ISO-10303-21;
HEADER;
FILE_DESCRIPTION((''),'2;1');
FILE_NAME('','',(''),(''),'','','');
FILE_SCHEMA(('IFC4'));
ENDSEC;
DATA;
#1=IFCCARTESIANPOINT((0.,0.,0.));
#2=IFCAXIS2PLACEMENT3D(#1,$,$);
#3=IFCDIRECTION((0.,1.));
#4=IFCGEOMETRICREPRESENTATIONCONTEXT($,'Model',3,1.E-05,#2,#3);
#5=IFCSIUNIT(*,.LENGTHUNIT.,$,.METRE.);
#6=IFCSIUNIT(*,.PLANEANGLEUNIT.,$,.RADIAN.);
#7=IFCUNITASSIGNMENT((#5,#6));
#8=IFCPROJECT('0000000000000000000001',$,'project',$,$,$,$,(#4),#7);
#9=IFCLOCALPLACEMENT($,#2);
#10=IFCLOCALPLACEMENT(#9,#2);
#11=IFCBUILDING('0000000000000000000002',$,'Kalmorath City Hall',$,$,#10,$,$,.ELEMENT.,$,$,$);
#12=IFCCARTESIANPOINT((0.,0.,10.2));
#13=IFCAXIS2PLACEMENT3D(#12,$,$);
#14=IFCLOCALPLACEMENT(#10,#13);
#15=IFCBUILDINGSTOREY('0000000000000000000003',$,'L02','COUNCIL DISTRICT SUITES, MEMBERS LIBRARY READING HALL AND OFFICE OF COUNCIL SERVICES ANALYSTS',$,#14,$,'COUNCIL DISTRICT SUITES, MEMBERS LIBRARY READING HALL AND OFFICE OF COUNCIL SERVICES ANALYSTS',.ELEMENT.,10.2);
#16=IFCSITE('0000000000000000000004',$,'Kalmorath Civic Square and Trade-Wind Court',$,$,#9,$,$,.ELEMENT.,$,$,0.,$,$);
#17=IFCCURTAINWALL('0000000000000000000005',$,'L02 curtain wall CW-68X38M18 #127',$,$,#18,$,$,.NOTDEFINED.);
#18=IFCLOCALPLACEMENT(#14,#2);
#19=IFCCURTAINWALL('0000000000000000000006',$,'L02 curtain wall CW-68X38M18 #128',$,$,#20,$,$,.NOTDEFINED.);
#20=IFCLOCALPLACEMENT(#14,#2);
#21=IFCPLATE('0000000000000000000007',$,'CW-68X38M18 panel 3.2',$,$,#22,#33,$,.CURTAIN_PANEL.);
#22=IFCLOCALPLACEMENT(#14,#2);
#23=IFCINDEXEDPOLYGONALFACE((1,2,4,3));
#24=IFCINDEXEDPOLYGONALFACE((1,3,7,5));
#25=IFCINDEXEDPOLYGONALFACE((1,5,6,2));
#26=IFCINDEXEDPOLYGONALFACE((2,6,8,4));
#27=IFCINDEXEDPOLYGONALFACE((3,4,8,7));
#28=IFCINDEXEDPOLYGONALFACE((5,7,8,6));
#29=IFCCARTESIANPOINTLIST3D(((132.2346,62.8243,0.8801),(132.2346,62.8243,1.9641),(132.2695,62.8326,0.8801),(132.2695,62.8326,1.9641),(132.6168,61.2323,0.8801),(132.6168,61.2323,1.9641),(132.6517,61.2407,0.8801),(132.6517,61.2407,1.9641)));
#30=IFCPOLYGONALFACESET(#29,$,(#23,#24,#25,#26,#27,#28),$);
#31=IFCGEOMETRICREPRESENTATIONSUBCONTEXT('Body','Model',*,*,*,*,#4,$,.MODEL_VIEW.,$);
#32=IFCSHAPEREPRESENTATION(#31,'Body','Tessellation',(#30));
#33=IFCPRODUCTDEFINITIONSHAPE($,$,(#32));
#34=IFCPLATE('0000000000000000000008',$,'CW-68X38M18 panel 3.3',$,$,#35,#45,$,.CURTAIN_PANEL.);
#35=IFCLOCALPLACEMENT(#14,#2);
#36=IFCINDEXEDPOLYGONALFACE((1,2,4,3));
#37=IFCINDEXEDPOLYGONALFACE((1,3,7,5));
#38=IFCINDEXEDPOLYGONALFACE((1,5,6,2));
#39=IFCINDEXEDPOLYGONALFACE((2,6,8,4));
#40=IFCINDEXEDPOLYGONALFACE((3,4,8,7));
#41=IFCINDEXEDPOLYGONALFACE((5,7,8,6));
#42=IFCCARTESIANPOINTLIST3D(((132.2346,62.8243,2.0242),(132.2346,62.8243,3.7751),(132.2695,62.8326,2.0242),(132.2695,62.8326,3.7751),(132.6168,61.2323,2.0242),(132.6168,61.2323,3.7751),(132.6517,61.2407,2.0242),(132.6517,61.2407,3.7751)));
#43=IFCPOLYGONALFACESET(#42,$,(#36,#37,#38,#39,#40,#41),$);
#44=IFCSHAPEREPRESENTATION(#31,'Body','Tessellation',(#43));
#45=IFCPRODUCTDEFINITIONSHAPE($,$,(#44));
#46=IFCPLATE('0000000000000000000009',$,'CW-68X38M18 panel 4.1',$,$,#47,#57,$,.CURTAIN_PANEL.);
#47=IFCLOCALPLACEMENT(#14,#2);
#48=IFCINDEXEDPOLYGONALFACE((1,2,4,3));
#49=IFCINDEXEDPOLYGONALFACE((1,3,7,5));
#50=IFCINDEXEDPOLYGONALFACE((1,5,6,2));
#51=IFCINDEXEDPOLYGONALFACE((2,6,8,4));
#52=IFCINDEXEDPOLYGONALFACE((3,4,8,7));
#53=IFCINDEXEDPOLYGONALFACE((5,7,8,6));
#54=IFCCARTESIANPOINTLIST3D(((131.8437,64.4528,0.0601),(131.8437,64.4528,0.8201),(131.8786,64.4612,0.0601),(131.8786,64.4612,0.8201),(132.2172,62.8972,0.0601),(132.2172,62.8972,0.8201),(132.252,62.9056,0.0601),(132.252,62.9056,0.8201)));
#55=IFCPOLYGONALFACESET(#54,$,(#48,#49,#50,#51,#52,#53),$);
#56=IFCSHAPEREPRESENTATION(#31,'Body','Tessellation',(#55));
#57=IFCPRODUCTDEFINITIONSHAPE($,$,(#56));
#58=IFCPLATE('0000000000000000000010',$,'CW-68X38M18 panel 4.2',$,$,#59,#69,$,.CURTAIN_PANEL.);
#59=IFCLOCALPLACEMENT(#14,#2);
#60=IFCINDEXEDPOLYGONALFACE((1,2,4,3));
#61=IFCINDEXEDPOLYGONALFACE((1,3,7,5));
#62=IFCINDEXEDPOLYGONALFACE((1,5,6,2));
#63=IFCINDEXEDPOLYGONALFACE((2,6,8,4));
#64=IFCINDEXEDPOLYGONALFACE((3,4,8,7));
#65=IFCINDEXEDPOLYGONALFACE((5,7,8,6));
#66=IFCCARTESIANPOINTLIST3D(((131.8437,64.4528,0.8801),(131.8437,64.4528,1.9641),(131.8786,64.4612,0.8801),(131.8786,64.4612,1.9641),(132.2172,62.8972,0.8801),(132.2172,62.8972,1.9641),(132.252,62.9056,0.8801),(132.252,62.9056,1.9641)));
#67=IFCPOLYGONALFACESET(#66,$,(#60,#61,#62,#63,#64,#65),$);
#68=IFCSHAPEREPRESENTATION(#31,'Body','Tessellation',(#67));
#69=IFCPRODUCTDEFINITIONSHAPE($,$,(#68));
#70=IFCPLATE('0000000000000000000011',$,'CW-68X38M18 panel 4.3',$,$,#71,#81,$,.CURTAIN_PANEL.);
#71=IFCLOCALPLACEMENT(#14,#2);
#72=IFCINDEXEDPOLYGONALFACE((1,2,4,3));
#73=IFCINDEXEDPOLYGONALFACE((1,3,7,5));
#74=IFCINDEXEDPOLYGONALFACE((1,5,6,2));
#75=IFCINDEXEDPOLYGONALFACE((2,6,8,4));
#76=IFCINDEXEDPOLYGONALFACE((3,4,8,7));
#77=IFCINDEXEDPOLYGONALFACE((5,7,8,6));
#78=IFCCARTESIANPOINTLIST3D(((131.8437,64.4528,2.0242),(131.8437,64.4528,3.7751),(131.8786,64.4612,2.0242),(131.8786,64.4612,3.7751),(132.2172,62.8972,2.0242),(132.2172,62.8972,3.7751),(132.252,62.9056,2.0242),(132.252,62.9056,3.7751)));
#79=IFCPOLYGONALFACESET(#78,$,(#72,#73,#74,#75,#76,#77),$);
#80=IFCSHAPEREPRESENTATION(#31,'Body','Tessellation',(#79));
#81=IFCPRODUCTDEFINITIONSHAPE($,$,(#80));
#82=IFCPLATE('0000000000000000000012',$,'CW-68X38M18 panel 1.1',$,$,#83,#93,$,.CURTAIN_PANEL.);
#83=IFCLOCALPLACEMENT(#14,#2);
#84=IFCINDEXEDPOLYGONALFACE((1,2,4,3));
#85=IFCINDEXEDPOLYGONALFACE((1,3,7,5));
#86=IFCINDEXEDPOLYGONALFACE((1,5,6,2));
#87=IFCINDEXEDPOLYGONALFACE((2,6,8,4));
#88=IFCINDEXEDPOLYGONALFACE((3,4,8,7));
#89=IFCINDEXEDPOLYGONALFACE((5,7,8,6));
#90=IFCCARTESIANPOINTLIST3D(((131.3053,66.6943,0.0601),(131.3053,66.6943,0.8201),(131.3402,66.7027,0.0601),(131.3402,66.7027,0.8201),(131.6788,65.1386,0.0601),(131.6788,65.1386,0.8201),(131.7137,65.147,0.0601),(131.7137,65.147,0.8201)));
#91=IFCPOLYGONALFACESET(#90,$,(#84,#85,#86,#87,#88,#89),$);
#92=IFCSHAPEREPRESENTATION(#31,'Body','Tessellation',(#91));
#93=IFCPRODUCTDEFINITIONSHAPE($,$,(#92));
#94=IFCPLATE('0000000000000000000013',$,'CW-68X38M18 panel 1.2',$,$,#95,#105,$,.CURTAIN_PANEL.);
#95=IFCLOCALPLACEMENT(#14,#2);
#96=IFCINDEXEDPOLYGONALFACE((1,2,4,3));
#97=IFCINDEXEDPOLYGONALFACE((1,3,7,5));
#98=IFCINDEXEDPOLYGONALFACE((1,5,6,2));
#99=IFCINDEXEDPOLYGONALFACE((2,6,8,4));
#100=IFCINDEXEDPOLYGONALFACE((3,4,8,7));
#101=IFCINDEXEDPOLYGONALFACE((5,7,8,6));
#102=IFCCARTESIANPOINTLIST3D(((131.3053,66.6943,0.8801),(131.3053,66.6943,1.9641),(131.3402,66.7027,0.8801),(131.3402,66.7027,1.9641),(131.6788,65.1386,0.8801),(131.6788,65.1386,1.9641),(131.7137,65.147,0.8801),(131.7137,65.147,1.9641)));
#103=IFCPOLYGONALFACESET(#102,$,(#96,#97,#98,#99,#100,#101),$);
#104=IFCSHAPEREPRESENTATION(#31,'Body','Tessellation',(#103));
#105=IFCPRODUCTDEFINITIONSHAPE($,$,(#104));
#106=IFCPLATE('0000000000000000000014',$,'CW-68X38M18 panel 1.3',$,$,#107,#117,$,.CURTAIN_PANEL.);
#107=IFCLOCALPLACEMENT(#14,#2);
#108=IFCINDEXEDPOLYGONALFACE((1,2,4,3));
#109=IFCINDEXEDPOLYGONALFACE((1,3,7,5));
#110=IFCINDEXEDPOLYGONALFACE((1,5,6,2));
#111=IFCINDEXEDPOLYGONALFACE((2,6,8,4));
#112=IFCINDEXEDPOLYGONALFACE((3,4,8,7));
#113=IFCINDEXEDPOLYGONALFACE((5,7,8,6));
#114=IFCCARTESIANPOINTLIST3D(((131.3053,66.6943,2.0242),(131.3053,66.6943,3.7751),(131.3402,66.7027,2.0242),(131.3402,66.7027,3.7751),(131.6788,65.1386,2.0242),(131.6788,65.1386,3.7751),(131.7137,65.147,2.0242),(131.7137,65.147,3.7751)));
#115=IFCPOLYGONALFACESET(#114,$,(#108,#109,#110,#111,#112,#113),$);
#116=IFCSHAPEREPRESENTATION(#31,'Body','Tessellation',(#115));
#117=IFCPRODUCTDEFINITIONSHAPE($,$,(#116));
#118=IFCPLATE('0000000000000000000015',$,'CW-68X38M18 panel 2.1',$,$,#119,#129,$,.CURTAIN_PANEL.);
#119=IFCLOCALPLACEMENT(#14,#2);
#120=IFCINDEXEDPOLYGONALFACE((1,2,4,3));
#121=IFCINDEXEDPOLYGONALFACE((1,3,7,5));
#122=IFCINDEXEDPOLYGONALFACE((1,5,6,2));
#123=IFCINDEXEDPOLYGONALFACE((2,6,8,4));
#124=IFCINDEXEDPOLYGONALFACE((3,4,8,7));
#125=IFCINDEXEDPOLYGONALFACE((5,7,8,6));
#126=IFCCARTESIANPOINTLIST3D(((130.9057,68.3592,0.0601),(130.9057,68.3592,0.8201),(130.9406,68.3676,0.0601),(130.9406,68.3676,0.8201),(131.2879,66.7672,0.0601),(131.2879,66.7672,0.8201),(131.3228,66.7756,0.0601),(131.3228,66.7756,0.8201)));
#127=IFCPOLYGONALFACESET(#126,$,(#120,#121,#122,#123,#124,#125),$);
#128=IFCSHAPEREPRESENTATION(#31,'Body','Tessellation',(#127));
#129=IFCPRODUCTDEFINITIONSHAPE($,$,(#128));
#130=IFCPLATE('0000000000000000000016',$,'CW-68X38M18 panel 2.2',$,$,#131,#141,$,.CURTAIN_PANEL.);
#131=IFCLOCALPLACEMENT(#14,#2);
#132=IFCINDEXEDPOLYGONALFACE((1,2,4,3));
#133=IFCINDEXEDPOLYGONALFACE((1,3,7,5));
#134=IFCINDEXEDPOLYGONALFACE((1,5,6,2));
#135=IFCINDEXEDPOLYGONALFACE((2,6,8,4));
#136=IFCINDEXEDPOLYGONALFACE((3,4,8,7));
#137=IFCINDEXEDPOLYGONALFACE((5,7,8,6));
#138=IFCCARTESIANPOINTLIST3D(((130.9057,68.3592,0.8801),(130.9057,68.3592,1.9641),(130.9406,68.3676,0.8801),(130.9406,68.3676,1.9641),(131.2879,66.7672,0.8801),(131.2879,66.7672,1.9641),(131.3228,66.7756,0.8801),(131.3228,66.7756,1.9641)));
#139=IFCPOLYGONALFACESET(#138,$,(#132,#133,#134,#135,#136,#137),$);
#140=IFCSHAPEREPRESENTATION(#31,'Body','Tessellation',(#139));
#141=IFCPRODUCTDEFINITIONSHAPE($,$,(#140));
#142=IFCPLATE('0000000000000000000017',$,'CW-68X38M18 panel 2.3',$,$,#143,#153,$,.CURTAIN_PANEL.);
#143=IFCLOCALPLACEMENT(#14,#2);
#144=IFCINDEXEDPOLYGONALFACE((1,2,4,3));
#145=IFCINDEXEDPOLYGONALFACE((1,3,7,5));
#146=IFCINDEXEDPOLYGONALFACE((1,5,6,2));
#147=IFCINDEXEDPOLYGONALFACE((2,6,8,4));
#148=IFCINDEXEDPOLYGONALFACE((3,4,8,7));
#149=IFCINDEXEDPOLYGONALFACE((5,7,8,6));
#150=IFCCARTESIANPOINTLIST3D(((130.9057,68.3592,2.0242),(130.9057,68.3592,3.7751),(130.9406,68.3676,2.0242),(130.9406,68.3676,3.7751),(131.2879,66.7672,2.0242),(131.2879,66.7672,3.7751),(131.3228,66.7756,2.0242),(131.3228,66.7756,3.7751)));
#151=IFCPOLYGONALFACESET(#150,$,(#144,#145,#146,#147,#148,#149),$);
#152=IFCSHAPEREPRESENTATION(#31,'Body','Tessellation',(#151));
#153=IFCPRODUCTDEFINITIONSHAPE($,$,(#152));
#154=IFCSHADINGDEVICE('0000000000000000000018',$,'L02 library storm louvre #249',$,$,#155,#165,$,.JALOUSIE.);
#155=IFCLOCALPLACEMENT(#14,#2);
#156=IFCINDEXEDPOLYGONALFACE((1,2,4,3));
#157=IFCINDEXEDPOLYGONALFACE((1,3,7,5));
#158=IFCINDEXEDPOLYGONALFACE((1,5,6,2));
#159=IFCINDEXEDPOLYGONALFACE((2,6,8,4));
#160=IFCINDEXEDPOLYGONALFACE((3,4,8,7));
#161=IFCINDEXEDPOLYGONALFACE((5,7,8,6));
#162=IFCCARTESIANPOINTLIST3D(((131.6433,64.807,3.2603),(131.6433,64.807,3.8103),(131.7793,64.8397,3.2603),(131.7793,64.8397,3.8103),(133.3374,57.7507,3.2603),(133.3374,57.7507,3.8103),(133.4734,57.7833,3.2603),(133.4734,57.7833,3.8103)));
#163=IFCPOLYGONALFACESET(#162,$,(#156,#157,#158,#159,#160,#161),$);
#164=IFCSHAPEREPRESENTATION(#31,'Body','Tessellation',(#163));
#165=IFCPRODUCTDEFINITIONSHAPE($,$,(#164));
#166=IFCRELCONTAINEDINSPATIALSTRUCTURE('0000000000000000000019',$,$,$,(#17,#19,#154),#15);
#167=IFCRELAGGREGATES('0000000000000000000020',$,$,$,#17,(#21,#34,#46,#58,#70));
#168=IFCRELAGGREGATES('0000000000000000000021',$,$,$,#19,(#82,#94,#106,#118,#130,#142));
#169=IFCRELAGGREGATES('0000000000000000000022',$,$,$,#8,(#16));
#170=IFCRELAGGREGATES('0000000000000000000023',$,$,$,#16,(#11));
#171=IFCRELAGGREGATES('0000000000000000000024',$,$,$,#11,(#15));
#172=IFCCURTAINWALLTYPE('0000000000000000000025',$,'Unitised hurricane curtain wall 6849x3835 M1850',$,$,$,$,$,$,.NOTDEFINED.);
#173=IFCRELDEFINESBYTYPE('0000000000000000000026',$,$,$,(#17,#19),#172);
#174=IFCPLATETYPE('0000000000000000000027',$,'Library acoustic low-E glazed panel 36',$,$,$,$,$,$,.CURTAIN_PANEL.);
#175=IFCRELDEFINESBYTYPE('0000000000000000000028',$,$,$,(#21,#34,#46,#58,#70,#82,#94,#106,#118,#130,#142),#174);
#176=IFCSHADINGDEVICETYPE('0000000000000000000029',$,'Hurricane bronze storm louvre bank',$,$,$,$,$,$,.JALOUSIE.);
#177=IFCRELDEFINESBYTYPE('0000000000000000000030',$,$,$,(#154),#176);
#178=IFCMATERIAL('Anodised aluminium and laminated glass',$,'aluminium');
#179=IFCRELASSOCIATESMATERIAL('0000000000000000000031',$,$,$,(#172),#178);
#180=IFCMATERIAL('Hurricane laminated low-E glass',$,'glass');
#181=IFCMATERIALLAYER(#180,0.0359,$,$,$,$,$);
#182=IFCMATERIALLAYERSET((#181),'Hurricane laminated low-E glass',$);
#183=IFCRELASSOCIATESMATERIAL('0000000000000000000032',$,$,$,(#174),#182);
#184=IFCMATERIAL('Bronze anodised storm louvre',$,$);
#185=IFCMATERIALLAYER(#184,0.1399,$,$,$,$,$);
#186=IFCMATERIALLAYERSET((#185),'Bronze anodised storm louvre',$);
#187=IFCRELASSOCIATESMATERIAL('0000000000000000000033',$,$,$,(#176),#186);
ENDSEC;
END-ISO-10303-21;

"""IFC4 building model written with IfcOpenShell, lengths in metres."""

from ifc_helpers import new_model, si_unit, direction, frame, origin, origin_2d, place, context, subcontext, project, spatial, rectangle, extrude, material, layer, layer_set, type_object, element, aggregate, save


model = new_model("IFC4")

# Units and contexts
model_context = context("Model", 3, precision=1e-05, world=origin(), true_north=direction((0.0, 1.0)))
body_context = subcontext(model_context, "Body", "Model", "MODEL_VIEW")
ifc_project = project(units=[si_unit("LENGTHUNIT", "METRE"), si_unit("PLANEANGLEUNIT", "RADIAN")], contexts=[model_context])

# Site, building, storey
site_placement = place(None, origin())
site = spatial("IfcSite", under=ifc_project, at=site_placement, Name="Kalmorath Civic Square and Trade-Wind Court", CompositionType="ELEMENT", RefElevation=0.0)
building_placement = place(site_placement, origin())
building = spatial("IfcBuilding", under=site, at=building_placement, Name="Kalmorath City Hall", CompositionType="ELEMENT")
storey_placement = place(building_placement, frame((0.0, 0.0, 10.2)))
storey = spatial("IfcBuildingStorey", under=building, at=storey_placement, Name="L02", Description="COUNCIL DISTRICT SUITES, MEMBERS LIBRARY READING HALL AND OFFICE OF COUNCIL SERVICES ANALYSTS", LongName="COUNCIL DISTRICT SUITES, MEMBERS LIBRARY READING HALL AND OFFICE OF COUNCIL SERVICES ANALYSTS", CompositionType="ELEMENT", Elevation=10.2)

# Curtain walls
ifc_material_1 = material(Name="Anodised aluminium and laminated glass", Category="aluminium")
curtain_wall_type = type_object("IfcCurtainWallType", Name="Unitised hurricane curtain wall 6849x3835 M1850", PredefinedType="NOTDEFINED", material=ifc_material_1)
curtain_wall_1_placement = place(storey_placement, origin())
curtain_wall_1 = element("IfcCurtainWall", 1, at=curtain_wall_1_placement, inside=storey, type_object=curtain_wall_type, Name="L02 curtain wall CW-68X38M18 #127", PredefinedType="NOTDEFINED")
curtain_wall_2_placement = place(storey_placement, origin())
curtain_wall_2 = element("IfcCurtainWall", 2, at=curtain_wall_2_placement, inside=storey, type_object=curtain_wall_type, Name="L02 curtain wall CW-68X38M18 #128", PredefinedType="NOTDEFINED")

# Plates
ifc_material_2 = material(Name="Hurricane laminated low-E glass", Category="glass")
ifc_layer_1 = layer(ifc_material_2, 0.0359)
ifc_layer_set_1 = layer_set([ifc_layer_1], Name="Hurricane laminated low-E glass")
plate_type = type_object("IfcPlateType", Name="Library acoustic low-E glazed panel 36", PredefinedType="CURTAIN_PANEL", material=ifc_layer_set_1)
plate_1_placement = place(storey_placement, frame((132.4431, 62.0325, 0.8801), z_axis=(0.0, 0.0, 1.0), x_axis=(-0.233456, 0.972367, 0.0)))
plate_1 = element("IfcPlate", 3, at=plate_1_placement, type_object=plate_type, Name="CW-68X38M18 panel 3.2", PredefinedType="CURTAIN_PANEL", context=body_context, shape_type="SweptSolid", body=[
    extrude(rectangle(XDim=1.6372, YDim=0.0359, at=origin_2d()), origin(), (0.0, 0.0, 1.0), 1.084),
])
plate_2_placement = place(storey_placement, frame((132.4431, 62.0325, 2.0242), z_axis=(0.0, 0.0, 1.0), x_axis=(-0.233456, 0.972367, 0.0)))
plate_2 = element("IfcPlate", 4, at=plate_2_placement, type_object=plate_type, Name="CW-68X38M18 panel 3.3", PredefinedType="CURTAIN_PANEL", context=body_context, shape_type="SweptSolid", body=[
    extrude(rectangle(XDim=1.6372, YDim=0.0359, at=origin_2d()), origin(), (0.0, 0.0, 1.0), 1.751),
])
plate_3_placement = place(storey_placement, frame((132.0479, 63.6792, 0.0601), z_axis=(0.0, 0.0, 1.0), x_axis=(-0.233456, 0.972367, 0.0)))
plate_3 = element("IfcPlate", 5, at=plate_3_placement, type_object=plate_type, Name="CW-68X38M18 panel 4.1", PredefinedType="CURTAIN_PANEL", context=body_context, shape_type="SweptSolid", body=[
    extrude(rectangle(XDim=1.5999, YDim=0.0359, at=origin_2d()), origin(), (0.0, 0.0, 1.0), 0.76),
])
plate_4_placement = place(storey_placement, frame((132.0479, 63.6792, 0.8801), z_axis=(0.0, 0.0, 1.0), x_axis=(-0.233456, 0.972367, 0.0)))
plate_4 = element("IfcPlate", 6, at=plate_4_placement, type_object=plate_type, Name="CW-68X38M18 panel 4.2", PredefinedType="CURTAIN_PANEL", context=body_context, shape_type="SweptSolid", body=[
    extrude(rectangle(XDim=1.5999, YDim=0.0359, at=origin_2d()), origin(), (0.0, 0.0, 1.0), 1.084),
])
plate_5_placement = place(storey_placement, frame((132.0479, 63.6792, 2.0242), z_axis=(0.0, 0.0, 1.0), x_axis=(-0.233456, 0.972367, 0.0)))
plate_5 = element("IfcPlate", 7, at=plate_5_placement, type_object=plate_type, Name="CW-68X38M18 panel 4.3", PredefinedType="CURTAIN_PANEL", context=body_context, shape_type="SweptSolid", body=[
    extrude(rectangle(XDim=1.5999, YDim=0.0359, at=origin_2d()), origin(), (0.0, 0.0, 1.0), 1.751),
])
aggregate(curtain_wall_1, [plate_1, plate_2, plate_3, plate_4, plate_5])
plate_6_placement = place(storey_placement, frame((131.5095, 65.9207, 0.0601), z_axis=(0.0, 0.0, 1.0), x_axis=(-0.233442, 0.972371, 0.0)))
plate_6 = element("IfcPlate", 8, at=plate_6_placement, type_object=plate_type, Name="CW-68X38M18 panel 1.1", PredefinedType="CURTAIN_PANEL", context=body_context, shape_type="SweptSolid", body=[
    extrude(rectangle(XDim=1.5999, YDim=0.0359, at=origin_2d()), origin(), (0.0, 0.0, 1.0), 0.76),
])
plate_7_placement = place(storey_placement, frame((131.5095, 65.9207, 0.8801), z_axis=(0.0, 0.0, 1.0), x_axis=(-0.233442, 0.972371, 0.0)))
plate_7 = element("IfcPlate", 9, at=plate_7_placement, type_object=plate_type, Name="CW-68X38M18 panel 1.2", PredefinedType="CURTAIN_PANEL", context=body_context, shape_type="SweptSolid", body=[
    extrude(rectangle(XDim=1.5999, YDim=0.0359, at=origin_2d()), origin(), (0.0, 0.0, 1.0), 1.084),
])
plate_8_placement = place(storey_placement, frame((131.5095, 65.9207, 2.0242), z_axis=(0.0, 0.0, 1.0), x_axis=(-0.233442, 0.972371, 0.0)))
plate_8 = element("IfcPlate", 10, at=plate_8_placement, type_object=plate_type, Name="CW-68X38M18 panel 1.3", PredefinedType="CURTAIN_PANEL", context=body_context, shape_type="SweptSolid", body=[
    extrude(rectangle(XDim=1.5999, YDim=0.0359, at=origin_2d()), origin(), (0.0, 0.0, 1.0), 1.751),
])
plate_9_placement = place(storey_placement, frame((131.1143, 67.5674, 0.0601), z_axis=(0.0, 0.0, 1.0), x_axis=(-0.233442, 0.972371, 0.0)))
plate_9 = element("IfcPlate", 11, at=plate_9_placement, type_object=plate_type, Name="CW-68X38M18 panel 2.1", PredefinedType="CURTAIN_PANEL", context=body_context, shape_type="SweptSolid", body=[
    extrude(rectangle(XDim=1.6372, YDim=0.0359, at=origin_2d()), origin(), (0.0, 0.0, 1.0), 0.76),
])
plate_10_placement = place(storey_placement, frame((131.1143, 67.5674, 0.8801), z_axis=(0.0, 0.0, 1.0), x_axis=(-0.233442, 0.972371, 0.0)))
plate_10 = element("IfcPlate", 12, at=plate_10_placement, type_object=plate_type, Name="CW-68X38M18 panel 2.2", PredefinedType="CURTAIN_PANEL", context=body_context, shape_type="SweptSolid", body=[
    extrude(rectangle(XDim=1.6372, YDim=0.0359, at=origin_2d()), origin(), (0.0, 0.0, 1.0), 1.084),
])
plate_11_placement = place(storey_placement, frame((131.1143, 67.5674, 2.0242), z_axis=(0.0, 0.0, 1.0), x_axis=(-0.233442, 0.972371, 0.0)))
plate_11 = element("IfcPlate", 13, at=plate_11_placement, type_object=plate_type, Name="CW-68X38M18 panel 2.3", PredefinedType="CURTAIN_PANEL", context=body_context, shape_type="SweptSolid", body=[
    extrude(rectangle(XDim=1.6372, YDim=0.0359, at=origin_2d()), origin(), (0.0, 0.0, 1.0), 1.751),
])
aggregate(curtain_wall_2, [plate_6, plate_7, plate_8, plate_9, plate_10, plate_11])

# Shading device
ifc_material_3 = material(Name="Bronze anodised storm louvre")
ifc_layer_2 = layer(ifc_material_3, 0.1399)
ifc_layer_set_2 = layer_set([ifc_layer_2], Name="Bronze anodised storm louvre")
shading_device_type = type_object("IfcShadingDeviceType", Name="Hurricane bronze storm louvre bank", PredefinedType="JALOUSIE", material=ifc_layer_set_2)
shading_device_placement = place(storey_placement, frame((132.5583, 61.2952, 3.2603), z_axis=(0.0, 0.0, 1.0), x_axis=(-0.233445, 0.97237, 0.0)))
element("IfcShadingDevice", 14, at=shading_device_placement, inside=storey, type_object=shading_device_type, Name="L02 library storm louvre #249", PredefinedType="JALOUSIE", context=body_context, shape_type="SweptSolid", body=[
    extrude(rectangle(XDim=7.2568, YDim=0.1399, at=origin_2d()), origin(), (0.0, 0.0, 1.0), 0.55),
])

save(model, "model.ifc")
